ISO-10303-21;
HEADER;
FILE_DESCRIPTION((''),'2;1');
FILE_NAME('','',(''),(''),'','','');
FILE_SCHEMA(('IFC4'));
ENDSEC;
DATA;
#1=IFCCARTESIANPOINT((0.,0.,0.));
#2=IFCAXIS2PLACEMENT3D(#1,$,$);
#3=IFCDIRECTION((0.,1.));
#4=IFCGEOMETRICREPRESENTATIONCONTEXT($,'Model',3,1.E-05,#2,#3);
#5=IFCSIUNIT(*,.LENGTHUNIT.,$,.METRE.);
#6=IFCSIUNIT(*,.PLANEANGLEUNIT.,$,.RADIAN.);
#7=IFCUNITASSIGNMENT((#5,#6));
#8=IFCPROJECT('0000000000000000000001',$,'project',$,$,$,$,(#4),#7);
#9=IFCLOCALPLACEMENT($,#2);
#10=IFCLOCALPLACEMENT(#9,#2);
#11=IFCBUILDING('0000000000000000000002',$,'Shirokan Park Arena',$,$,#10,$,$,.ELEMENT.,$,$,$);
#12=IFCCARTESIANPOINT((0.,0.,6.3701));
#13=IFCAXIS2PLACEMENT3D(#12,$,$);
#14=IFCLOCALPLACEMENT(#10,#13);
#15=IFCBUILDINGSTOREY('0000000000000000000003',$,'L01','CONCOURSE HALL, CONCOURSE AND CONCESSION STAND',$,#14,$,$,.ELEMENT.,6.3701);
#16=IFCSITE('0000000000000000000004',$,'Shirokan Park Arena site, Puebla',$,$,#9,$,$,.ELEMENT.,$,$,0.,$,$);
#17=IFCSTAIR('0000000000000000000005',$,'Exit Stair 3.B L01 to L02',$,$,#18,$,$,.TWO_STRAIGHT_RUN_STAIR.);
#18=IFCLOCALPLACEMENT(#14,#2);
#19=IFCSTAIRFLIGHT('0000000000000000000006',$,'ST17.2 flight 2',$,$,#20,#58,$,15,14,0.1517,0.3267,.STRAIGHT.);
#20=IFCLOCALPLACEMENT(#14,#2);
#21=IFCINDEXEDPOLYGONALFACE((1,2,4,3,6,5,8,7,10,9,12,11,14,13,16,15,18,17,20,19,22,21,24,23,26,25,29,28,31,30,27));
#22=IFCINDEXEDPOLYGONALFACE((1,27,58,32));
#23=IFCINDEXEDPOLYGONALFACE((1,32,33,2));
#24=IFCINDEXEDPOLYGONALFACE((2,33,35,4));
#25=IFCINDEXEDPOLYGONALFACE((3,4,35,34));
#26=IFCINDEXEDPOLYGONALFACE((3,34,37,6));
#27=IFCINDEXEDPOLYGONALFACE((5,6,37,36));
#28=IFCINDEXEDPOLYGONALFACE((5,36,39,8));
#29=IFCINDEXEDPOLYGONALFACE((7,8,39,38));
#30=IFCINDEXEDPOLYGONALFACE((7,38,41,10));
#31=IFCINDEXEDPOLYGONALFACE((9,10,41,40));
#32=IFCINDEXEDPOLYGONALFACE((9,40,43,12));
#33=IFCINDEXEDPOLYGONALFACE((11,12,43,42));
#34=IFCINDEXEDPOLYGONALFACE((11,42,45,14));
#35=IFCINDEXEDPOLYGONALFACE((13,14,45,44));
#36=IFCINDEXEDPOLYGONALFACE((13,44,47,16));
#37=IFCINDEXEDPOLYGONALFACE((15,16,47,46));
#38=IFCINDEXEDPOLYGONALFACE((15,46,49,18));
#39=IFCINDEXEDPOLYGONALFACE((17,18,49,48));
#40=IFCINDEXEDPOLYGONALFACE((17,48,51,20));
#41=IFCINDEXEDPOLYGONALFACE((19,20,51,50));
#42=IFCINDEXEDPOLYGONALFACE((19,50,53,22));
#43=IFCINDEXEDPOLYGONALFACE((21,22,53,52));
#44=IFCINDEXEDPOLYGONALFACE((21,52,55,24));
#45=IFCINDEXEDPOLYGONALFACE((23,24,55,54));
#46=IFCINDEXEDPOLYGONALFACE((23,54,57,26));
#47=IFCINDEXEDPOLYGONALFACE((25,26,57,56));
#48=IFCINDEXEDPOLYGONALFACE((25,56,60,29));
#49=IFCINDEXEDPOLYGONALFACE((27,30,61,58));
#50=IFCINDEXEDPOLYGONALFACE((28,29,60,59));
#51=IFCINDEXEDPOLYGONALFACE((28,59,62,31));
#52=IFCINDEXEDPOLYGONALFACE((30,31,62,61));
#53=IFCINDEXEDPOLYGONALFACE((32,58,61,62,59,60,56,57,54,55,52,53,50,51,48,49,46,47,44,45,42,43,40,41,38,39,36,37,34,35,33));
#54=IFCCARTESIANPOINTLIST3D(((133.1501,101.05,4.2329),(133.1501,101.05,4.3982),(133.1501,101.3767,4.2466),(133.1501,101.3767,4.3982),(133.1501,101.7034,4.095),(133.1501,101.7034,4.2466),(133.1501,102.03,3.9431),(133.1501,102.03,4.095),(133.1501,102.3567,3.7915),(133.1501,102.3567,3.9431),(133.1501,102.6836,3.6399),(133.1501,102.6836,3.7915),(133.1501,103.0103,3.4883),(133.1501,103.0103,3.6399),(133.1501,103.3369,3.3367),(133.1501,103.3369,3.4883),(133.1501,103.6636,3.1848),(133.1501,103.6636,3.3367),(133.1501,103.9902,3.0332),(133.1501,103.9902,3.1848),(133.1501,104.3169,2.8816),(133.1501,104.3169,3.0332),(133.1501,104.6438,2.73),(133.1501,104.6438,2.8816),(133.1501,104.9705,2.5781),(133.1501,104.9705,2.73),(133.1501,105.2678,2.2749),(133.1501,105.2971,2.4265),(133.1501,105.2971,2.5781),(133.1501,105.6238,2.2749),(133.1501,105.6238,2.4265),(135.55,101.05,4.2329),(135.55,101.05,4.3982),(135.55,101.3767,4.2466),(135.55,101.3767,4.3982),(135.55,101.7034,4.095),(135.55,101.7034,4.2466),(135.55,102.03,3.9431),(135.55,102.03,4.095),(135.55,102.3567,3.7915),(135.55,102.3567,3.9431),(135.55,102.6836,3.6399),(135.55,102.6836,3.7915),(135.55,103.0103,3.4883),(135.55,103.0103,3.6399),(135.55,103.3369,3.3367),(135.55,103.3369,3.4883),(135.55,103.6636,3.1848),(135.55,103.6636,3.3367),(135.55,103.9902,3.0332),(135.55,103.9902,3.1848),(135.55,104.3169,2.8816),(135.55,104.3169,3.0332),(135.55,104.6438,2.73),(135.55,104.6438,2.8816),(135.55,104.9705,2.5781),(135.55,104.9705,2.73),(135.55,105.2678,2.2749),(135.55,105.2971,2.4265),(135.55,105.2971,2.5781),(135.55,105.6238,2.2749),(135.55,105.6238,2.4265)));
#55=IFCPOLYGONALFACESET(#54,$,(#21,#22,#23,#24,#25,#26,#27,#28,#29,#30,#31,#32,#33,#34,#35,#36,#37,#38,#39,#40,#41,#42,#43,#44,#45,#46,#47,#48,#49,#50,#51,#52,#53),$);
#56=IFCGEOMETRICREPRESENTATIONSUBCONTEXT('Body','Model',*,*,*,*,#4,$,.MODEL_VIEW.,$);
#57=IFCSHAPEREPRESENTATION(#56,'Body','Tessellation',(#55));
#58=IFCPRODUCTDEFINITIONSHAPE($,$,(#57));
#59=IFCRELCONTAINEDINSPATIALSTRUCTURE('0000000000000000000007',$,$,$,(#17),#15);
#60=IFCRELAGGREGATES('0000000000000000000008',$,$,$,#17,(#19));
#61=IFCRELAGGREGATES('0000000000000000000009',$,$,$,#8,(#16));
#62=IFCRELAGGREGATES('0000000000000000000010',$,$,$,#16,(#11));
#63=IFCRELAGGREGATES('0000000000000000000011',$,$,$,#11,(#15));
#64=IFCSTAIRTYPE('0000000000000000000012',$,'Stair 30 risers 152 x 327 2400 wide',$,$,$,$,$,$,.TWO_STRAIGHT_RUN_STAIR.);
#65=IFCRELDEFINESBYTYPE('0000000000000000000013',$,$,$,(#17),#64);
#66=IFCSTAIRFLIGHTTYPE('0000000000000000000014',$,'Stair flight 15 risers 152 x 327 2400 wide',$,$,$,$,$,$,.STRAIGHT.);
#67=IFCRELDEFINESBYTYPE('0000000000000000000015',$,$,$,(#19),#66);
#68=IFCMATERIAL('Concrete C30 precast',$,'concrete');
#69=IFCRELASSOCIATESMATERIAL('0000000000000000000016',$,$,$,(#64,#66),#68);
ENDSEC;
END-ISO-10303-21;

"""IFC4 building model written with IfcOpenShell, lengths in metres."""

from ifc_helpers import new_model, si_unit, direction, frame, origin, place, context, subcontext, project, spatial, polyline, outline, extrude, material, type_object, element, aggregate, save


model = new_model("IFC4")

# Units and contexts
model_context = context("Model", 3, precision=1e-05, world=origin(), true_north=direction((0.0, 1.0)))
body_context = subcontext(model_context, "Body", "Model", "MODEL_VIEW")
ifc_project = project(units=[si_unit("LENGTHUNIT", "METRE"), si_unit("PLANEANGLEUNIT", "RADIAN")], contexts=[model_context])

# Site, building, storey
site_placement = place(None, origin())
site = spatial("IfcSite", under=ifc_project, at=site_placement, Name="Shirokan Park Arena site, Puebla", CompositionType="ELEMENT", RefElevation=0.0)
building_placement = place(site_placement, origin())
building = spatial("IfcBuilding", under=site, at=building_placement, Name="Shirokan Park Arena", CompositionType="ELEMENT")
storey_placement = place(building_placement, frame((0.0, 0.0, 6.3701)))
storey = spatial("IfcBuildingStorey", under=building, at=storey_placement, Name="L01", Description="CONCOURSE HALL, CONCOURSE AND CONCESSION STAND", CompositionType="ELEMENT", Elevation=6.3701)

# Stair, stair flight
ifc_material_1 = material(Name="Concrete C30 precast", Category="concrete")
stair_type = type_object("IfcStairType", Name="Stair 30 risers 152 x 327 2400 wide", PredefinedType="TWO_STRAIGHT_RUN_STAIR", material=ifc_material_1)
stair_placement = place(storey_placement, origin())
stair = element("IfcStair", 1, at=stair_placement, inside=storey, type_object=stair_type, Name="Exit Stair 3.B L01 to L02", PredefinedType="TWO_STRAIGHT_RUN_STAIR")
stair_flight_type = type_object("IfcStairFlightType", Name="Stair flight 15 risers 152 x 327 2400 wide", PredefinedType="STRAIGHT", material=ifc_material_1)
stair_flight_1_placement = place(storey_placement, frame((134.3501, 105.6238, 2.2749), z_axis=(0.0, 0.0, 1.0), x_axis=(0.0, -1.0, 0.0)))
stair_flight_1 = element("IfcStairFlight", 2, at=stair_flight_1_placement, type_object=stair_flight_type, Name="ST17.2 flight 2", NumberOfRisers=15, NumberOfTreads=14, PredefinedType="STRAIGHT", RiserHeight=0.1517, TreadLength=0.3267, context=body_context, shape_type="SweptSolid", body=[
    extrude(outline(polyline([(0.0, 0.0), (0.0, 0.1516), (0.3267, 0.1516), (0.3267, 0.3032), (0.6533, 0.3032), (0.6533, 0.4551), (0.98, 0.4551), (0.98, 0.6067), (1.3069, 0.6067), (1.3069, 0.7583), (1.6335, 0.7583), (1.6335, 0.9099), (1.9602, 0.9099), (1.9602, 1.0618), (2.2869, 1.0618), (2.2869, 1.2134), (2.6135, 1.2134), (2.6135, 1.365), (2.9402, 1.365), (2.9402, 1.5166), (3.2671, 1.5166), (3.2671, 1.6682), (3.5938, 1.6682), (3.5938, 1.8201), (3.9204, 1.8201), (3.9204, 1.9717), (4.2471, 1.9717), (4.2471, 2.1233), (4.5737, 2.1233), (4.5737, 2.2749), (4.5737, 1.958), (0.356, 0.0), (0.0, 0.0)])), frame((0.0, 1.2, 0.0), z_axis=(0.0, -1.0, 0.0), x_axis=(1.0, 0.0, 0.0)), (0.0, 0.0, 1.0), 2.3999),
])
aggregate(stair, [stair_flight_1])

save(model, "model.ifc")
